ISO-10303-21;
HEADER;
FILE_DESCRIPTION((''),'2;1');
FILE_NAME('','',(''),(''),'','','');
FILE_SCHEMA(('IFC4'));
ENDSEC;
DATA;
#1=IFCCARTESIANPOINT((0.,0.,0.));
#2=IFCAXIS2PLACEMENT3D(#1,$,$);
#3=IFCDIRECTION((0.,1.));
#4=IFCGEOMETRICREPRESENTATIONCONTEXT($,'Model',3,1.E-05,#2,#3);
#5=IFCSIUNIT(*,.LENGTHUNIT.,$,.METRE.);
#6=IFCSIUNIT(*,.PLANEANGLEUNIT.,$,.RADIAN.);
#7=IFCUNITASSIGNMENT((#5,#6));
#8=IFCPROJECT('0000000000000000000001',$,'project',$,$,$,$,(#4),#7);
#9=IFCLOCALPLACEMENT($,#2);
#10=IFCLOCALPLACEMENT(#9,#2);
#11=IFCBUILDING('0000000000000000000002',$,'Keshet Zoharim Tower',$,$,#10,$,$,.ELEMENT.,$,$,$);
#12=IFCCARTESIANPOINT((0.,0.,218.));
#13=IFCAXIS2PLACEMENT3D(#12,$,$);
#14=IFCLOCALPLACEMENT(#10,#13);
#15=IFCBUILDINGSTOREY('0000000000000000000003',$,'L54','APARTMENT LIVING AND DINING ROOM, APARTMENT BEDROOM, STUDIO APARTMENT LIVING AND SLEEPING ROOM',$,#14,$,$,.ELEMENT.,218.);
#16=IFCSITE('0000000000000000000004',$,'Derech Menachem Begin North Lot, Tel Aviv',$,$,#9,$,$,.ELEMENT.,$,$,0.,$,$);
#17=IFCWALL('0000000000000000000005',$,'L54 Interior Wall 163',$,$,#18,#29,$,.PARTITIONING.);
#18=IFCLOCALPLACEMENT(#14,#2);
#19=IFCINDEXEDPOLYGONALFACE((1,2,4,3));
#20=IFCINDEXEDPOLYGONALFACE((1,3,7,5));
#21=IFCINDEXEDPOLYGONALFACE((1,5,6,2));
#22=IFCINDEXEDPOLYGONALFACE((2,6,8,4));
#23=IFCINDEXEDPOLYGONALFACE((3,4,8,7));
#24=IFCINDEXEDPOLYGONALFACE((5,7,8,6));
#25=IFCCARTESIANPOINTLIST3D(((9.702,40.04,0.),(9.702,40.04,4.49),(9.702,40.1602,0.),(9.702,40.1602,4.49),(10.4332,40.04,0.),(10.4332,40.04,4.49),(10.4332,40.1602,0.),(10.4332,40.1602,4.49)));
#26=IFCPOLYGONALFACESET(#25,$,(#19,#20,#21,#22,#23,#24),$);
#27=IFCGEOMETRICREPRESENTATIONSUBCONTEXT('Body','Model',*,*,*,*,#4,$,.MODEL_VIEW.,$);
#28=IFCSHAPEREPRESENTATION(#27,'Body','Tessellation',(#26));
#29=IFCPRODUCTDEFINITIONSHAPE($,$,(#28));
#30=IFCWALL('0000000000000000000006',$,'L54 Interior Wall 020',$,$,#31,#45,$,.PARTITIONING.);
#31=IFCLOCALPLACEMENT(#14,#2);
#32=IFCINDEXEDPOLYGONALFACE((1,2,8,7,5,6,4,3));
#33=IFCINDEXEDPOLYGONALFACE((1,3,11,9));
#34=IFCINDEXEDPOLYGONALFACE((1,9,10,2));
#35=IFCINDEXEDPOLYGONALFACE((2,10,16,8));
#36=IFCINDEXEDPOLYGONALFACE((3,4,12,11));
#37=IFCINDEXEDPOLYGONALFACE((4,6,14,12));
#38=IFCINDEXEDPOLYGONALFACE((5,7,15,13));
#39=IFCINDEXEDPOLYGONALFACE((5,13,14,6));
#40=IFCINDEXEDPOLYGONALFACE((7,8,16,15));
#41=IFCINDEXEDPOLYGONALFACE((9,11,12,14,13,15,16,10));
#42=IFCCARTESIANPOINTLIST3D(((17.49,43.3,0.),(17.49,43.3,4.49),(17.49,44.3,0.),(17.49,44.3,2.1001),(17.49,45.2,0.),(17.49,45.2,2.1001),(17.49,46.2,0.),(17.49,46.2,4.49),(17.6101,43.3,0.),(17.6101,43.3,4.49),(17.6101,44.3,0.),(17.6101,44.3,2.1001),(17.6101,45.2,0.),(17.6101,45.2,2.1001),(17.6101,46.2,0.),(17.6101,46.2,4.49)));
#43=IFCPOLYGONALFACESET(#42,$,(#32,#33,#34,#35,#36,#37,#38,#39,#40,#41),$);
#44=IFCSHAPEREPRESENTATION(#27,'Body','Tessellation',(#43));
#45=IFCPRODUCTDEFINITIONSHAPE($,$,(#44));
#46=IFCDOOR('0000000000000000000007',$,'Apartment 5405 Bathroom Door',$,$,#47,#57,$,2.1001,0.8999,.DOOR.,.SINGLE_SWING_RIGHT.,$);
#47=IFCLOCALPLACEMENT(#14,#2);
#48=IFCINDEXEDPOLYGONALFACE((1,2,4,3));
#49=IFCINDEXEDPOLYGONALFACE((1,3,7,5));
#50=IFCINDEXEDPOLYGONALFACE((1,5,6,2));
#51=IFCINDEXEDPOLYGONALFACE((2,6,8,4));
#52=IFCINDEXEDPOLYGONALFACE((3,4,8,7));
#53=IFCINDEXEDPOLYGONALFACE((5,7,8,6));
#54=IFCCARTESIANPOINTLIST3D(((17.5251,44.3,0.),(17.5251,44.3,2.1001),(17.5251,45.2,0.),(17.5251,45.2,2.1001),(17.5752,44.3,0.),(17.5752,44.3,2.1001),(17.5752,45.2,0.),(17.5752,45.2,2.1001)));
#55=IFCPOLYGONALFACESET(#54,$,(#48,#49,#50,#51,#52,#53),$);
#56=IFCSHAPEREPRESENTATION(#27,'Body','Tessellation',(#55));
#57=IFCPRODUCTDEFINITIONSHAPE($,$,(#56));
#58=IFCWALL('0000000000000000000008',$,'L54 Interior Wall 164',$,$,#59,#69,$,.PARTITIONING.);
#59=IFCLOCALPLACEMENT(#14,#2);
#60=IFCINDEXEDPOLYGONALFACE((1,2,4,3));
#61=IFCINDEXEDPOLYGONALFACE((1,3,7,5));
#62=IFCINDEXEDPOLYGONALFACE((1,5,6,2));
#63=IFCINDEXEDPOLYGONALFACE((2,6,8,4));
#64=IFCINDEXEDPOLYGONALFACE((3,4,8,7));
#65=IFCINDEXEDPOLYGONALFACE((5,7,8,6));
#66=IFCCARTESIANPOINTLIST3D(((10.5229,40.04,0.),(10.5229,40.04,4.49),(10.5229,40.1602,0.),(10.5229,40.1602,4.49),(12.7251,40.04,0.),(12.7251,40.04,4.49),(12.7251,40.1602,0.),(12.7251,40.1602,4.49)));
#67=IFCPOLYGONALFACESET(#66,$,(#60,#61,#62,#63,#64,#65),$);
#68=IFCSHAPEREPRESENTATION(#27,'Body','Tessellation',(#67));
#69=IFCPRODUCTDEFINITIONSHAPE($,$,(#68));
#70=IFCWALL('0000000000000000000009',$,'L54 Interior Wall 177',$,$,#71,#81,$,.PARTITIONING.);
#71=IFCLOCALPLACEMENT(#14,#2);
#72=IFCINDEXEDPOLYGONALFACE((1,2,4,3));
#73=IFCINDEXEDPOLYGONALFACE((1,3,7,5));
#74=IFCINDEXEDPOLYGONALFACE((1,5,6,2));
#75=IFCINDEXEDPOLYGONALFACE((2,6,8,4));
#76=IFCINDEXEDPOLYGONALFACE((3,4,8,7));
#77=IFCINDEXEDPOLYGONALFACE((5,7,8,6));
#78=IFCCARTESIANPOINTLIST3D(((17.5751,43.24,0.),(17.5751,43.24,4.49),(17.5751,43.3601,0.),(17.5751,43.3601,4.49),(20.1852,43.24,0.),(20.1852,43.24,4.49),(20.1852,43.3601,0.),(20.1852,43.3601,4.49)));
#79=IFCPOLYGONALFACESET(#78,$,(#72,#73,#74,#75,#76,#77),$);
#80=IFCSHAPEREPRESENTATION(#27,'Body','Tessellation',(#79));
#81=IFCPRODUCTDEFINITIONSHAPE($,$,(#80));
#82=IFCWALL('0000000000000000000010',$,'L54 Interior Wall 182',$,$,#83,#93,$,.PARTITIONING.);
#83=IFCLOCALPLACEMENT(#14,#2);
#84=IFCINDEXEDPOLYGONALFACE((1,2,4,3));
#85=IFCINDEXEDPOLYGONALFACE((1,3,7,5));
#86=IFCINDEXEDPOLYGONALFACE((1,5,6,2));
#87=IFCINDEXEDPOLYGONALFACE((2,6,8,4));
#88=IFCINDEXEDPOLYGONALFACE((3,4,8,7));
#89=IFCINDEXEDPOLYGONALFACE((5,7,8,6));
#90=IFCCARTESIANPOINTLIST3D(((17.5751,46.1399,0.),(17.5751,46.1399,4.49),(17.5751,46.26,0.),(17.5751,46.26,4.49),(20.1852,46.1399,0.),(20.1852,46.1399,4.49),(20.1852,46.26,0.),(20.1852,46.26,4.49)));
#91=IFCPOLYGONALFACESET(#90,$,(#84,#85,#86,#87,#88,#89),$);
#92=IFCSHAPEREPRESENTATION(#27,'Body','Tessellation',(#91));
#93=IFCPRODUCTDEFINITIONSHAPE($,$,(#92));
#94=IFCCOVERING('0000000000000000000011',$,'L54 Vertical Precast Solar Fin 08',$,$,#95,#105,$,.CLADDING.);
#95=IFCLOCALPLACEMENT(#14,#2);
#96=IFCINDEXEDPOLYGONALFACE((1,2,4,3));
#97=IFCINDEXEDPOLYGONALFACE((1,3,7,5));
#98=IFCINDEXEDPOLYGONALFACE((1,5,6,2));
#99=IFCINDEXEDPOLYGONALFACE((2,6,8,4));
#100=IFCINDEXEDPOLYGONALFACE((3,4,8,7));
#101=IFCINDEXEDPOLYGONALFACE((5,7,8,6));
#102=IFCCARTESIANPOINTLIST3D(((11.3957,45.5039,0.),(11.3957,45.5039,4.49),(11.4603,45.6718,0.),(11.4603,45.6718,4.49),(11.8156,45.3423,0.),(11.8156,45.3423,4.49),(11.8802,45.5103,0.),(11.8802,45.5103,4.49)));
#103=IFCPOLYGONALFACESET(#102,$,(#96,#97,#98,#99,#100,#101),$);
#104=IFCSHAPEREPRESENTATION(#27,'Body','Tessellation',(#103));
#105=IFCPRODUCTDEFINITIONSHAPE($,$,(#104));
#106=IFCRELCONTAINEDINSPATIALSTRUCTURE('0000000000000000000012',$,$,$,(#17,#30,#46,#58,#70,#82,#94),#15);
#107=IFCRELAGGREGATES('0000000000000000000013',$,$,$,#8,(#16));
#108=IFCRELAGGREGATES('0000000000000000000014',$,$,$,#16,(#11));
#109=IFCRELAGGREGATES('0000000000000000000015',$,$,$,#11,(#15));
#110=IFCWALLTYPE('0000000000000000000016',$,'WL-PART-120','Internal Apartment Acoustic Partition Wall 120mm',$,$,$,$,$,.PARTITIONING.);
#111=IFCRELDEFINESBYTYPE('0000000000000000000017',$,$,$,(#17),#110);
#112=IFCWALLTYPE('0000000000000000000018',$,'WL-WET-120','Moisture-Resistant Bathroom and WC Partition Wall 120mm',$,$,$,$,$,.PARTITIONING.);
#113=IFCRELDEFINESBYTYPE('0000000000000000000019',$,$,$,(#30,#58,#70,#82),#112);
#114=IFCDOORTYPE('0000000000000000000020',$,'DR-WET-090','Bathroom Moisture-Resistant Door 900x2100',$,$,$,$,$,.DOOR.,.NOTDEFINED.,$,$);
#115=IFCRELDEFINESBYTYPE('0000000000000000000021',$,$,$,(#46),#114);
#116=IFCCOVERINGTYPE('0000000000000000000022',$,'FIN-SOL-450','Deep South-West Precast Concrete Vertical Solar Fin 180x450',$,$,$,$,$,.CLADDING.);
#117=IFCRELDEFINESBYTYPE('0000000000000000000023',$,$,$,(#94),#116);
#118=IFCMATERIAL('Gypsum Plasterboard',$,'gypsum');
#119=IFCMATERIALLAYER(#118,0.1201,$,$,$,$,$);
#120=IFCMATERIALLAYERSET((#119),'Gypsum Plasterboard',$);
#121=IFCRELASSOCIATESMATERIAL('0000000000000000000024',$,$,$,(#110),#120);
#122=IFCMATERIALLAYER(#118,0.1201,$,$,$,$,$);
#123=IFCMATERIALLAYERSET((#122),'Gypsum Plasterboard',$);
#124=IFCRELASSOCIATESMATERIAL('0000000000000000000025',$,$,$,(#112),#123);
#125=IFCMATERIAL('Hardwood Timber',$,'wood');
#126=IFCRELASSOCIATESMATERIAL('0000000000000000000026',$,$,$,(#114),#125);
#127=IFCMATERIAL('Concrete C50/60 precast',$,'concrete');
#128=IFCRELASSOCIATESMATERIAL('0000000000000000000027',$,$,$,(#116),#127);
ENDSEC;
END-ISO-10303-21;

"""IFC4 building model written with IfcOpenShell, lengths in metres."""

from ifc_helpers import new_model, si_unit, direction, frame, frame_2d, origin, origin_2d, place, context, subcontext, project, spatial, rectangle, extrude, material, layer, layer_set, type_object, element, fill, save


model = new_model("IFC4")

# Units and contexts
model_context = context("Model", 3, precision=1e-05, world=origin(), true_north=direction((0.0, 1.0)))
body_context = subcontext(model_context, "Body", "Model", "MODEL_VIEW")
ifc_project = project(units=[si_unit("LENGTHUNIT", "METRE"), si_unit("PLANEANGLEUNIT", "RADIAN")], contexts=[model_context])

# Site, building, storey
site_placement = place(None, origin())
site = spatial("IfcSite", under=ifc_project, at=site_placement, Name="Derech Menachem Begin North Lot, Tel Aviv", CompositionType="ELEMENT", RefElevation=0.0)
building_placement = place(site_placement, origin())
building = spatial("IfcBuilding", under=site, at=building_placement, Name="Keshet Zoharim Tower", CompositionType="ELEMENT")
storey_placement = place(building_placement, frame((0.0, 0.0, 218.0)))
storey = spatial("IfcBuildingStorey", under=building, at=storey_placement, Name="L54", Description="APARTMENT LIVING AND DINING ROOM, APARTMENT BEDROOM, STUDIO APARTMENT LIVING AND SLEEPING ROOM", CompositionType="ELEMENT", Elevation=218.0)

# Shared definitions
ifc_material_1 = material(Name="Gypsum Plasterboard", Category="gypsum")
ifc_material_2 = material(Name="Hardwood Timber", Category="wood")

# Wall
ifc_layer_1 = layer(ifc_material_1, 0.1201)
ifc_layer_set_1 = layer_set([ifc_layer_1], Name="Gypsum Plasterboard")
wall_type_1 = type_object("IfcWallType", Name="WL-PART-120", Description="Internal Apartment Acoustic Partition Wall 120mm", PredefinedType="PARTITIONING", material=ifc_layer_set_1)
wall_1_placement = place(storey_placement, frame((9.7019, 40.1001, 0.0), z_axis=(0.0, 0.0, 1.0), x_axis=(1.0, 0.0, 0.0)))
element("IfcWall", 1, at=wall_1_placement, inside=storey, type_object=wall_type_1, Name="L54 Interior Wall 163", PredefinedType="PARTITIONING", context=body_context, shape_type="SweptSolid", body=[
    extrude(rectangle(XDim=0.7312, YDim=0.1201, at=frame_2d((0.3657, 0.0))), origin(), (0.0, 0.0, 1.0), 4.49),
])

# Wall, opening, door
ifc_layer_2 = layer(ifc_material_1, 0.1201)
ifc_layer_set_2 = layer_set([ifc_layer_2], Name="Gypsum Plasterboard")
wall_type_2 = type_object("IfcWallType", Name="WL-WET-120", Description="Moisture-Resistant Bathroom and WC Partition Wall 120mm", PredefinedType="PARTITIONING", material=ifc_layer_set_2)
wall_2_placement = place(storey_placement, frame((17.55, 43.3, 0.0), z_axis=(0.0, 0.0, 1.0), x_axis=(0.0, 1.0, 0.0)))
wall_2 = element("IfcWall", 2, at=wall_2_placement, inside=storey, type_object=wall_type_2, Name="L54 Interior Wall 020", PredefinedType="PARTITIONING", context=body_context, shape_type="SweptSolid", body=[
    extrude(rectangle(XDim=2.8999, YDim=0.1201, at=frame_2d((1.45, 0.0))), origin(), (0.0, 0.0, 1.0), 4.49),
])
opening_1_placement = place(wall_2_placement, frame((1.0, 0.0, 0.0)))
opening_1 = element("IfcOpeningElement", 3, at=opening_1_placement, cuts=wall_2, PredefinedType="OPENING", context=body_context, shape_type="SweptSolid", body=[
    extrude(rectangle(XDim=0.8999, YDim=2.1001, at=frame_2d((0.45, 1.05))), frame((0.0, 0.0701, 0.0), z_axis=(0.0, -1.0, 0.0), x_axis=(1.0, 0.0, 0.0)), (0.0, 0.0, 1.0), 0.1401),
])
door_type_1 = type_object("IfcDoorType", Name="DR-WET-090", Description="Bathroom Moisture-Resistant Door 900x2100", OperationType="NOTDEFINED", PredefinedType="DOOR", material=ifc_material_2)
door_1_placement = place(opening_1_placement, origin())
door_1 = element("IfcDoor", 4, at=door_1_placement, inside=storey, type_object=door_type_1, Name="Apartment 5405 Bathroom Door", OperationType="SINGLE_SWING_RIGHT", OverallHeight=2.1001, OverallWidth=0.8999, PredefinedType="DOOR", context=body_context, shape_type="SweptSolid", body=[
    extrude(rectangle(XDim=0.8999, YDim=2.1001, at=frame_2d((0.45, 1.05))), frame((0.0, 0.0249, 0.0), z_axis=(0.0, -1.0, 0.0), x_axis=(1.0, 0.0, 0.0)), (0.0, 0.0, 1.0), 0.05),
])
fill(opening_1, door_1)

# Walls
wall_3_placement = place(storey_placement, frame((10.5229, 40.1001, 0.0), z_axis=(0.0, 0.0, 1.0), x_axis=(1.0, 0.0, 0.0)))
element("IfcWall", 5, at=wall_3_placement, inside=storey, type_object=wall_type_2, Name="L54 Interior Wall 164", PredefinedType="PARTITIONING", context=body_context, shape_type="SweptSolid", body=[
    extrude(rectangle(XDim=2.2021, YDim=0.1201, at=frame_2d((1.1011, 0.0))), origin(), (0.0, 0.0, 1.0), 4.49),
])
for number, where, z_axis, x_axis, name in (
    (6, (17.575, 43.3, 0.0), (0.0, 0.0, 1.0), (1.0, 0.0, 0.0), "L54 Interior Wall 177"),
    (7, (17.575, 46.2, 0.0), (0.0, 0.0, 1.0), (1.0, 0.0, 0.0), "L54 Interior Wall 182"),
):
    element("IfcWall", number, at=place(storey_placement, frame(where, z_axis=z_axis, x_axis=x_axis)), inside=storey, type_object=wall_type_2, Name=name, PredefinedType="PARTITIONING", context=body_context, shape_type="SweptSolid", body=[
        extrude(rectangle(XDim=2.6101, YDim=0.1201, at=frame_2d((1.3052, 0.0))), origin(), (0.0, 0.0, 1.0), 4.49),
    ])

# Covering
ifc_material_3 = material(Name="Concrete C50/60 precast", Category="concrete")
covering_type = type_object("IfcCoveringType", Name="FIN-SOL-450", Description="Deep South-West Precast Concrete Vertical Solar Fin 180x450", PredefinedType="CLADDING", material=ifc_material_3)
covering_placement = place(storey_placement, frame((11.6379, 45.5071, 0.0), z_axis=(0.0, 0.0, 1.0), x_axis=(0.35899, 0.933341, 0.0)))
element("IfcCovering", 8, at=covering_placement, inside=storey, type_object=covering_type, Name="L54 Vertical Precast Solar Fin 08", PredefinedType="CLADDING", context=body_context, shape_type="SweptSolid", body=[
    extrude(rectangle(XDim=0.1799, YDim=0.45, at=origin_2d()), origin(), (0.0, 0.0, 1.0), 4.49),
])

save(model, "model.ifc")
